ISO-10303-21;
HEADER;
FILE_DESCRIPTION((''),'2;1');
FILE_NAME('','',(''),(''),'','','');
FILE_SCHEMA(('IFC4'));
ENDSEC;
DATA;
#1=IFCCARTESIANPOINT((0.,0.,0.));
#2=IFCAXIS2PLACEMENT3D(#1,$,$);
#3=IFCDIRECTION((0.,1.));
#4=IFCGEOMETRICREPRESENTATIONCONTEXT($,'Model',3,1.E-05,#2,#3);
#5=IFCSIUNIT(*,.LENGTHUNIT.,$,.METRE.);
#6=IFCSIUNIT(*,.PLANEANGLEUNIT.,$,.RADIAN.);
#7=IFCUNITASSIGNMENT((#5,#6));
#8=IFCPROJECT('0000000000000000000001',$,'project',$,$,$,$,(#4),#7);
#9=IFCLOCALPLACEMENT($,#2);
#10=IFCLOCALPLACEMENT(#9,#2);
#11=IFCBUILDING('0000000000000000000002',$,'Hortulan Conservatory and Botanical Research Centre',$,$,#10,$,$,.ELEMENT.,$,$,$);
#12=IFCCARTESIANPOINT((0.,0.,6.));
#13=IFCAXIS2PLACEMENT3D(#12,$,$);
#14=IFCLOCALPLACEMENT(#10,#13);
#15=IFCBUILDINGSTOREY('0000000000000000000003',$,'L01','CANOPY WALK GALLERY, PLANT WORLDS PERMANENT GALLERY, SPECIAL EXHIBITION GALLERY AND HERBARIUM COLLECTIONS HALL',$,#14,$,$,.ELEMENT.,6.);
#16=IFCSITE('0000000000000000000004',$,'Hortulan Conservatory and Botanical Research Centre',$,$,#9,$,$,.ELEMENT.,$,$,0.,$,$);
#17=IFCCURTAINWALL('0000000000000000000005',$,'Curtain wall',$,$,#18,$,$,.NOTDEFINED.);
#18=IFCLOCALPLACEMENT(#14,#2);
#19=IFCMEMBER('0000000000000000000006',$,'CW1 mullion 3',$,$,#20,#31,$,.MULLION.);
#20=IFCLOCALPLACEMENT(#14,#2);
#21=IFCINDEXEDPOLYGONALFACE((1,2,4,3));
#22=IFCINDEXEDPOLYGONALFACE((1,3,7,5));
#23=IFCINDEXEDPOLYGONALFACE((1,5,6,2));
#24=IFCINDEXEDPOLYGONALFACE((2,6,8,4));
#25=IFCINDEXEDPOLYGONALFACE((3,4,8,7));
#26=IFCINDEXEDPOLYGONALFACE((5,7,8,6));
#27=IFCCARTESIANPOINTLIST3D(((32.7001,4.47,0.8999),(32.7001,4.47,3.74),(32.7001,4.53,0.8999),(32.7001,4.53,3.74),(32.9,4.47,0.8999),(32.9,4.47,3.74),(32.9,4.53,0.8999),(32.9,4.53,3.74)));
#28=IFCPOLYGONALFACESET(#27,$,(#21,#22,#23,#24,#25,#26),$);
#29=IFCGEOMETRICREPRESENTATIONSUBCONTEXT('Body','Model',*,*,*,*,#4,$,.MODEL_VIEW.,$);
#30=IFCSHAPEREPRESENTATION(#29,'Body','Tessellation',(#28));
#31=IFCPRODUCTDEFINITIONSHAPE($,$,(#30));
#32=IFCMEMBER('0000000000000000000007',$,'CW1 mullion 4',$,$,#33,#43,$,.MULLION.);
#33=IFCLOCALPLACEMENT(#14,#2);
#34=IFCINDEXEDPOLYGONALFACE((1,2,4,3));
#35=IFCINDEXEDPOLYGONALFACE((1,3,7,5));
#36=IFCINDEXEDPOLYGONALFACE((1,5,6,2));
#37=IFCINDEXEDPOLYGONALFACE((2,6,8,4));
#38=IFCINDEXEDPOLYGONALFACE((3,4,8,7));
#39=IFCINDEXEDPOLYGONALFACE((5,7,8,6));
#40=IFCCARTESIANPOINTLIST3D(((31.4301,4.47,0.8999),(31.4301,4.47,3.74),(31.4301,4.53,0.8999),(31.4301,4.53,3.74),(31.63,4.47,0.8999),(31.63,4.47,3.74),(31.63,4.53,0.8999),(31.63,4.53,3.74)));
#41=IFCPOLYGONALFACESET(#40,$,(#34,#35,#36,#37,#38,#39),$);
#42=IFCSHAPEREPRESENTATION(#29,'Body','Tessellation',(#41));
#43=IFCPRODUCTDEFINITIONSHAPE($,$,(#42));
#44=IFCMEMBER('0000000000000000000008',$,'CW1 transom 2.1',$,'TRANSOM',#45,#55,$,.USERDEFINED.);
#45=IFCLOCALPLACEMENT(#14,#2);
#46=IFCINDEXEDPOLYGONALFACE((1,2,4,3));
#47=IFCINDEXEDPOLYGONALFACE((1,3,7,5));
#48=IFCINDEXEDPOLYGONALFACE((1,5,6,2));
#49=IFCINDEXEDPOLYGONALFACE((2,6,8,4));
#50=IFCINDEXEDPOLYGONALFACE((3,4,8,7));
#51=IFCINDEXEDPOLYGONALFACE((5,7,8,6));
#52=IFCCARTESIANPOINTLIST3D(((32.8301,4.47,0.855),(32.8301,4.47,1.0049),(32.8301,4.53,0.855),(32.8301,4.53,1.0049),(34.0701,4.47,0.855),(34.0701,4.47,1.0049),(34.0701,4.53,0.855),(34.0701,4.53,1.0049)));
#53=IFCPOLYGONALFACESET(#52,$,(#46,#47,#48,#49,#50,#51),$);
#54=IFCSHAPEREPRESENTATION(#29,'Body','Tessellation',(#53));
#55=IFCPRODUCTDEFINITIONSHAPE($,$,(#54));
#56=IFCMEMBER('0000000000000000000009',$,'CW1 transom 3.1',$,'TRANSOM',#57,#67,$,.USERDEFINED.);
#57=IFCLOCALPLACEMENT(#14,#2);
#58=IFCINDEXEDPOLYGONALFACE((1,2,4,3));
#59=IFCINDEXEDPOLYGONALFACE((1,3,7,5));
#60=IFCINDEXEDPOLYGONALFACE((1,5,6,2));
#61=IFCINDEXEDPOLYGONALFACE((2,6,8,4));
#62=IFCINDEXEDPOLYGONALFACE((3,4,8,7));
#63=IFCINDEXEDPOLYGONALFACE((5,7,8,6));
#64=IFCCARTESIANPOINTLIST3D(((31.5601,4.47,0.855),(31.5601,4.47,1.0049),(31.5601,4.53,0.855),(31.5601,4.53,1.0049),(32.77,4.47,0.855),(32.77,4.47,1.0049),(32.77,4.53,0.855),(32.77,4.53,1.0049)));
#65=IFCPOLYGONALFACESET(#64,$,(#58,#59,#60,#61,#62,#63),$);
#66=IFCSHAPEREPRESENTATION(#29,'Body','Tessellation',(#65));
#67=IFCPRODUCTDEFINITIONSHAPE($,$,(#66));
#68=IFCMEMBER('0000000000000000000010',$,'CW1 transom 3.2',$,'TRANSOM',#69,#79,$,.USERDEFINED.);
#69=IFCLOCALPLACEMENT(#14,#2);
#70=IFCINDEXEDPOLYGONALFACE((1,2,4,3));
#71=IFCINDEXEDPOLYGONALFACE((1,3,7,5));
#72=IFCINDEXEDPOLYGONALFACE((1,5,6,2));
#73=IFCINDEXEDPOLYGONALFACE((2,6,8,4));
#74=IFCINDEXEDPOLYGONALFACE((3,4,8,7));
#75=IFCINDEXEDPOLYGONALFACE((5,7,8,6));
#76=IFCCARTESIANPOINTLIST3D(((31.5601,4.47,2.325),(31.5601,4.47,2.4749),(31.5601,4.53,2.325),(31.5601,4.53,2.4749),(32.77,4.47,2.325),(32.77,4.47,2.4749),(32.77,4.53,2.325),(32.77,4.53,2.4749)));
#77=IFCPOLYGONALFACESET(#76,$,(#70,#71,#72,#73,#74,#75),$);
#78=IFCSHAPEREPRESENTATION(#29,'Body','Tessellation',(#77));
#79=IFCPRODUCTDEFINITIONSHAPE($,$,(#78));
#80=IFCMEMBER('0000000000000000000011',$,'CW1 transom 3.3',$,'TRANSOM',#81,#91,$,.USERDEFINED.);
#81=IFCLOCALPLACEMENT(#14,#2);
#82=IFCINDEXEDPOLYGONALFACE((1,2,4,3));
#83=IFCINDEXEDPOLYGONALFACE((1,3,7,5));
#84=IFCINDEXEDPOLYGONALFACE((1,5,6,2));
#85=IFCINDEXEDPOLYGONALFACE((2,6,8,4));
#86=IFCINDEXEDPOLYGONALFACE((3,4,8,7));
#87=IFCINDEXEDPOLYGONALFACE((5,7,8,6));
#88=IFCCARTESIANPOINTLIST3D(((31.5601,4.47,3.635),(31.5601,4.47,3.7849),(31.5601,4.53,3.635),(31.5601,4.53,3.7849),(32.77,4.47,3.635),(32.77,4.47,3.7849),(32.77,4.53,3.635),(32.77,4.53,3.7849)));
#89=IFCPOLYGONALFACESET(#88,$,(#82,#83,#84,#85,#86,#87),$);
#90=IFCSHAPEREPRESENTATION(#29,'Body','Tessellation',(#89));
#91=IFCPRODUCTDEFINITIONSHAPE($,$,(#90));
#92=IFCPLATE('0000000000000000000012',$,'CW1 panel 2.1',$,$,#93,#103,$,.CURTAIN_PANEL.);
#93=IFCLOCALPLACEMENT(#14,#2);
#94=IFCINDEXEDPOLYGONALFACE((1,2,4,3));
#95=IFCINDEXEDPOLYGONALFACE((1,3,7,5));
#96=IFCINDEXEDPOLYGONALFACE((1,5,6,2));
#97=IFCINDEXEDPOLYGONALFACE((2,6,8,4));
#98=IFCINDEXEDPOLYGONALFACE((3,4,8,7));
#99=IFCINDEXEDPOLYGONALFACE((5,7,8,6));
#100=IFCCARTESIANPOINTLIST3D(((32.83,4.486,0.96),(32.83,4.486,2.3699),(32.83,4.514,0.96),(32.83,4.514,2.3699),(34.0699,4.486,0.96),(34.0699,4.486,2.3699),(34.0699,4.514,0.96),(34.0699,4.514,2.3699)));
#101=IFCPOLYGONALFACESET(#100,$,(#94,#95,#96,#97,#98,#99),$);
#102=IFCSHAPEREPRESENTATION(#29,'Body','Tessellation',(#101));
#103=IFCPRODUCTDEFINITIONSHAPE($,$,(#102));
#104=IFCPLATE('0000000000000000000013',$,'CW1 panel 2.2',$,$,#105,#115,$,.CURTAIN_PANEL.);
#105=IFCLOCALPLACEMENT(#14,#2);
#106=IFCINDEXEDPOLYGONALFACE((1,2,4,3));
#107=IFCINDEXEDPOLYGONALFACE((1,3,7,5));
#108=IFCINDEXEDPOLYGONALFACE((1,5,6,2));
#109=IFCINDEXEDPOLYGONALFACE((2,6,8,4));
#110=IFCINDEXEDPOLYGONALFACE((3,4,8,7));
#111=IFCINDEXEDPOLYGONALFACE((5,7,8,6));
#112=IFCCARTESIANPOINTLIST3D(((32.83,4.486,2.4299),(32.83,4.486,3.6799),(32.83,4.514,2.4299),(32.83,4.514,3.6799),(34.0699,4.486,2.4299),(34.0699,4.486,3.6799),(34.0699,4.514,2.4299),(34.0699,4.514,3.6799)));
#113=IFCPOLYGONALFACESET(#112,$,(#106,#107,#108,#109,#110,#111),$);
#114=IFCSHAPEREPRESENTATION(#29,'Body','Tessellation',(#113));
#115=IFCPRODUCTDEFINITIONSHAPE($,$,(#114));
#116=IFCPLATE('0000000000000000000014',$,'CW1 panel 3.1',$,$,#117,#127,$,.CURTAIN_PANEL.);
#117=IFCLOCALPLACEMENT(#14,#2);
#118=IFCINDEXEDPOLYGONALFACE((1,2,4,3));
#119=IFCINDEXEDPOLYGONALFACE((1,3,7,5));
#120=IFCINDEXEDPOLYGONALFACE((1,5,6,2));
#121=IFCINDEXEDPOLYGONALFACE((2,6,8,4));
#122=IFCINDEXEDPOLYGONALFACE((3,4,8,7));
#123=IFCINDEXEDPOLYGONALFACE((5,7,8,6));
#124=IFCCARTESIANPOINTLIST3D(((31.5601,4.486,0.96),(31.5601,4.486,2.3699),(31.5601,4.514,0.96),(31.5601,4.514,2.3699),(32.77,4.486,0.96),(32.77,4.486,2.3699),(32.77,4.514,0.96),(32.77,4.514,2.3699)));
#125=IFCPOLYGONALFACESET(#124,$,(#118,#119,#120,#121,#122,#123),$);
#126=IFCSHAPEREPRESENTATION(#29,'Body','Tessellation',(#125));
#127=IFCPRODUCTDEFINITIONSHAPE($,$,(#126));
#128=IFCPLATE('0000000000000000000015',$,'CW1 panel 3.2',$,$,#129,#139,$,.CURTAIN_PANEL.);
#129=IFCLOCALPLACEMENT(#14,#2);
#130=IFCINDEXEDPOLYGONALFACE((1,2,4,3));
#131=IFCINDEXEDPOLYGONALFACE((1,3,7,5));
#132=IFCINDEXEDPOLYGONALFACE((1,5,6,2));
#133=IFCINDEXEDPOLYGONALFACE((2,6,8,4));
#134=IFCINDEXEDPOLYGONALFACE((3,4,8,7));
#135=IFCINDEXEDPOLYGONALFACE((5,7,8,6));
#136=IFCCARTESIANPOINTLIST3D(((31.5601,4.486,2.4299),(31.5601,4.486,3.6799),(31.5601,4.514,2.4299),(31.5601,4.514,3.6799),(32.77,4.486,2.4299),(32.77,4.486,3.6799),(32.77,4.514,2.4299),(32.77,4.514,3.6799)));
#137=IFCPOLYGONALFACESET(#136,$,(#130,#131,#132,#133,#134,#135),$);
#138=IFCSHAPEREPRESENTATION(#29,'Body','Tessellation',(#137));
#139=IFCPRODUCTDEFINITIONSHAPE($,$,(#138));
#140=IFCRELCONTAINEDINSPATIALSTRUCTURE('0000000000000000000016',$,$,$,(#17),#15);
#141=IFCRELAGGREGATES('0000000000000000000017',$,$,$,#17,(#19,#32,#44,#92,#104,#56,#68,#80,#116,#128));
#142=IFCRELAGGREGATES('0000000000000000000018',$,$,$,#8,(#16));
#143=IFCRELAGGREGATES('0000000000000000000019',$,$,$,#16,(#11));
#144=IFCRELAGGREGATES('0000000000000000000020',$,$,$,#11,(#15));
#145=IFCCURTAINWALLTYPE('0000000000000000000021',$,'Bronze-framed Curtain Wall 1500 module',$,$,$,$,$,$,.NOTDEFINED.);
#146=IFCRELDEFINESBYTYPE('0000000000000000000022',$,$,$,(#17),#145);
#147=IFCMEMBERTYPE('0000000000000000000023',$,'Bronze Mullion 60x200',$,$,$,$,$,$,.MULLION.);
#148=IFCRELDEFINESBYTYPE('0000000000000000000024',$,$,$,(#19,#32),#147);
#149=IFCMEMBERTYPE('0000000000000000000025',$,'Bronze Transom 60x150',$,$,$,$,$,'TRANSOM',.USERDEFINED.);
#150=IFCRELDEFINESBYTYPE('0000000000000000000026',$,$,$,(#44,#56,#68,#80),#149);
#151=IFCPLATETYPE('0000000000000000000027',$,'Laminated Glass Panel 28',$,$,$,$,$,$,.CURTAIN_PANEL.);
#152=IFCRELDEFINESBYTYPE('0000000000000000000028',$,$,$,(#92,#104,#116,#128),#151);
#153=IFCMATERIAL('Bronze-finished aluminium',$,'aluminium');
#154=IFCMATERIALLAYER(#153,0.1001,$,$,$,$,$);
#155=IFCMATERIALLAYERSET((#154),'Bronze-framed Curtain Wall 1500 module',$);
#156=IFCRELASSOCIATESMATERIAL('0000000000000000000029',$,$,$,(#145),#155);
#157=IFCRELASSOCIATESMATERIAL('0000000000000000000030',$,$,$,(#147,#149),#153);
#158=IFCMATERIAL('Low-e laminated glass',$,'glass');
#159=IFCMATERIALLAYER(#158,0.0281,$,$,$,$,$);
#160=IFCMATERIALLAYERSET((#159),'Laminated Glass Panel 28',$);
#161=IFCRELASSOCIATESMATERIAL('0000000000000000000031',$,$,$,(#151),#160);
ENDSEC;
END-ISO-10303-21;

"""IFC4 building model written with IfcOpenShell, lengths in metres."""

from ifc_helpers import new_model, si_unit, direction, frame, origin, origin_2d, place, context, subcontext, project, spatial, rectangle, extrude, material, layer, layer_set, material_profile, profile_set, type_object, element, aggregate, save


model = new_model("IFC4")

# Units and contexts
model_context = context("Model", 3, precision=1e-05, world=origin(), true_north=direction((0.0, 1.0)))
body_context = subcontext(model_context, "Body", "Model", "MODEL_VIEW")
ifc_project = project(units=[si_unit("LENGTHUNIT", "METRE"), si_unit("PLANEANGLEUNIT", "RADIAN")], contexts=[model_context])

# Site, building, storey
site_placement = place(None, origin())
site = spatial("IfcSite", under=ifc_project, at=site_placement, Name="Hortulan Conservatory and Botanical Research Centre", CompositionType="ELEMENT", RefElevation=0.0)
building_placement = place(site_placement, origin())
building = spatial("IfcBuilding", under=site, at=building_placement, Name="Hortulan Conservatory and Botanical Research Centre", CompositionType="ELEMENT")
storey_placement = place(building_placement, frame((0.0, 0.0, 6.0)))
storey = spatial("IfcBuildingStorey", under=building, at=storey_placement, Name="L01", Description="CANOPY WALK GALLERY, PLANT WORLDS PERMANENT GALLERY, SPECIAL EXHIBITION GALLERY AND HERBARIUM COLLECTIONS HALL", CompositionType="ELEMENT", Elevation=6.0)

# Curtain wall, members, plates
ifc_material_1 = material(Name="Bronze-finished aluminium", Category="aluminium")
ifc_layer_1 = layer(ifc_material_1, 0.1001)
ifc_layer_set_1 = layer_set([ifc_layer_1], Name="Bronze-framed Curtain Wall 1500 module")
curtain_wall_type = type_object("IfcCurtainWallType", Name="Bronze-framed Curtain Wall 1500 module", PredefinedType="NOTDEFINED", material=ifc_layer_set_1)
curtain_wall_placement = place(storey_placement, origin())
curtain_wall = element("IfcCurtainWall", 1, at=curtain_wall_placement, inside=storey, type_object=curtain_wall_type, Name="Curtain wall", PredefinedType="NOTDEFINED")
ifc_material_profile_1 = material_profile(ifc_material_1, rectangle(XDim=0.0601, YDim=0.2, at=origin_2d()), Name="Bronze Mullion 60x200")
ifc_profile_set_1 = profile_set([ifc_material_profile_1], Name="Bronze-finished aluminium")
member_type_1 = type_object("IfcMemberType", Name="Bronze Mullion 60x200", PredefinedType="MULLION", material=ifc_profile_set_1)
member_1_placement = place(storey_placement, frame((32.8, 4.5, 0.8999), z_axis=(0.0, 0.0, 1.0), x_axis=(0.0, -1.0, 0.0)))
member_1 = element("IfcMember", 2, at=member_1_placement, type_object=member_type_1, Name="CW1 mullion 3", PredefinedType="MULLION", context=body_context, shape_type="SweptSolid", body=[
    extrude(rectangle(XDim=0.0601, YDim=0.2, at=origin_2d()), origin(), (0.0, 0.0, 1.0), 2.8401),
])
member_2_placement = place(storey_placement, frame((31.53, 4.5, 0.8999), z_axis=(0.0, 0.0, 1.0), x_axis=(0.0, -1.0, 0.0)))
member_2 = element("IfcMember", 3, at=member_2_placement, type_object=member_type_1, Name="CW1 mullion 4", PredefinedType="MULLION", context=body_context, shape_type="SweptSolid", body=[
    extrude(rectangle(XDim=0.0601, YDim=0.2, at=origin_2d()), origin(), (0.0, 0.0, 1.0), 2.8401),
])
ifc_material_profile_2 = material_profile(ifc_material_1, rectangle(XDim=0.0601, YDim=0.1499, at=origin_2d()), Name="Bronze Transom 60x150")
ifc_profile_set_2 = profile_set([ifc_material_profile_2], Name="Bronze-finished aluminium")
member_type_2 = type_object("IfcMemberType", Name="Bronze Transom 60x150", ElementType="TRANSOM", PredefinedType="USERDEFINED", material=ifc_profile_set_2)
member_3_placement = place(storey_placement, frame((34.0701, 4.5, 0.9299), z_axis=(-1.0, 0.0, 0.0), x_axis=(0.0, -1.0, 0.0)))
member_3 = element("IfcMember", 4, at=member_3_placement, type_object=member_type_2, Name="CW1 transom 2.1", ObjectType="TRANSOM", PredefinedType="USERDEFINED", context=body_context, shape_type="SweptSolid", body=[
    extrude(rectangle(XDim=0.0601, YDim=0.1499, at=origin_2d()), origin(), (0.0, 0.0, 1.0), 1.24),
])
member_4_placement = place(storey_placement, frame((32.77, 4.5, 0.9299), z_axis=(-1.0, 0.0, 0.0), x_axis=(0.0, -1.0, 0.0)))
member_4 = element("IfcMember", 5, at=member_4_placement, type_object=member_type_2, Name="CW1 transom 3.1", ObjectType="TRANSOM", PredefinedType="USERDEFINED", context=body_context, shape_type="SweptSolid", body=[
    extrude(rectangle(XDim=0.0601, YDim=0.1499, at=origin_2d()), origin(), (0.0, 0.0, 1.0), 1.21),
])
member_5_placement = place(storey_placement, frame((32.77, 4.5, 2.3999), z_axis=(-1.0, 0.0, 0.0), x_axis=(0.0, -1.0, 0.0)))
member_5 = element("IfcMember", 6, at=member_5_placement, type_object=member_type_2, Name="CW1 transom 3.2", ObjectType="TRANSOM", PredefinedType="USERDEFINED", context=body_context, shape_type="SweptSolid", body=[
    extrude(rectangle(XDim=0.0601, YDim=0.1499, at=origin_2d()), origin(), (0.0, 0.0, 1.0), 1.21),
])
member_6_placement = place(storey_placement, frame((32.77, 4.5, 3.71), z_axis=(-1.0, 0.0, 0.0), x_axis=(0.0, -1.0, 0.0)))
member_6 = element("IfcMember", 7, at=member_6_placement, type_object=member_type_2, Name="CW1 transom 3.3", ObjectType="TRANSOM", PredefinedType="USERDEFINED", context=body_context, shape_type="SweptSolid", body=[
    extrude(rectangle(XDim=0.0601, YDim=0.1499, at=origin_2d()), origin(), (0.0, 0.0, 1.0), 1.21),
])
ifc_material_2 = material(Name="Low-e laminated glass", Category="glass")
ifc_layer_2 = layer(ifc_material_2, 0.0281)
ifc_layer_set_2 = layer_set([ifc_layer_2], Name="Laminated Glass Panel 28")
plate_type = type_object("IfcPlateType", Name="Laminated Glass Panel 28", PredefinedType="CURTAIN_PANEL", material=ifc_layer_set_2)
plate_1_placement = place(storey_placement, frame((33.45, 4.5, 0.96), z_axis=(0.0, 0.0, 1.0), x_axis=(-1.0, 0.0, 0.0)))
plate_1 = element("IfcPlate", 8, at=plate_1_placement, type_object=plate_type, Name="CW1 panel 2.1", PredefinedType="CURTAIN_PANEL", context=body_context, shape_type="SweptSolid", body=[
    extrude(rectangle(XDim=1.24, YDim=0.0281, at=origin_2d()), origin(), (0.0, 0.0, 1.0), 1.4099),
])
plate_2_placement = place(storey_placement, frame((33.45, 4.5, 2.4299), z_axis=(0.0, 0.0, 1.0), x_axis=(-1.0, 0.0, 0.0)))
plate_2 = element("IfcPlate", 9, at=plate_2_placement, type_object=plate_type, Name="CW1 panel 2.2", PredefinedType="CURTAIN_PANEL", context=body_context, shape_type="SweptSolid", body=[
    extrude(rectangle(XDim=1.24, YDim=0.0281, at=origin_2d()), origin(), (0.0, 0.0, 1.0), 1.25),
])
plate_3_placement = place(storey_placement, frame((32.165, 4.5, 0.96), z_axis=(0.0, 0.0, 1.0), x_axis=(-1.0, 0.0, 0.0)))
plate_3 = element("IfcPlate", 10, at=plate_3_placement, type_object=plate_type, Name="CW1 panel 3.1", PredefinedType="CURTAIN_PANEL", context=body_context, shape_type="SweptSolid", body=[
    extrude(rectangle(XDim=1.21, YDim=0.0281, at=origin_2d()), origin(), (0.0, 0.0, 1.0), 1.4099),
])
plate_4_placement = place(storey_placement, frame((32.165, 4.5, 2.4299), z_axis=(0.0, 0.0, 1.0), x_axis=(-1.0, 0.0, 0.0)))
plate_4 = element("IfcPlate", 11, at=plate_4_placement, type_object=plate_type, Name="CW1 panel 3.2", PredefinedType="CURTAIN_PANEL", context=body_context, shape_type="SweptSolid", body=[
    extrude(rectangle(XDim=1.21, YDim=0.0281, at=origin_2d()), origin(), (0.0, 0.0, 1.0), 1.25),
])
aggregate(curtain_wall, [member_1, member_2, member_3, plate_1, plate_2, member_4, member_5, member_6, plate_3, plate_4])

save(model, "model.ifc")
